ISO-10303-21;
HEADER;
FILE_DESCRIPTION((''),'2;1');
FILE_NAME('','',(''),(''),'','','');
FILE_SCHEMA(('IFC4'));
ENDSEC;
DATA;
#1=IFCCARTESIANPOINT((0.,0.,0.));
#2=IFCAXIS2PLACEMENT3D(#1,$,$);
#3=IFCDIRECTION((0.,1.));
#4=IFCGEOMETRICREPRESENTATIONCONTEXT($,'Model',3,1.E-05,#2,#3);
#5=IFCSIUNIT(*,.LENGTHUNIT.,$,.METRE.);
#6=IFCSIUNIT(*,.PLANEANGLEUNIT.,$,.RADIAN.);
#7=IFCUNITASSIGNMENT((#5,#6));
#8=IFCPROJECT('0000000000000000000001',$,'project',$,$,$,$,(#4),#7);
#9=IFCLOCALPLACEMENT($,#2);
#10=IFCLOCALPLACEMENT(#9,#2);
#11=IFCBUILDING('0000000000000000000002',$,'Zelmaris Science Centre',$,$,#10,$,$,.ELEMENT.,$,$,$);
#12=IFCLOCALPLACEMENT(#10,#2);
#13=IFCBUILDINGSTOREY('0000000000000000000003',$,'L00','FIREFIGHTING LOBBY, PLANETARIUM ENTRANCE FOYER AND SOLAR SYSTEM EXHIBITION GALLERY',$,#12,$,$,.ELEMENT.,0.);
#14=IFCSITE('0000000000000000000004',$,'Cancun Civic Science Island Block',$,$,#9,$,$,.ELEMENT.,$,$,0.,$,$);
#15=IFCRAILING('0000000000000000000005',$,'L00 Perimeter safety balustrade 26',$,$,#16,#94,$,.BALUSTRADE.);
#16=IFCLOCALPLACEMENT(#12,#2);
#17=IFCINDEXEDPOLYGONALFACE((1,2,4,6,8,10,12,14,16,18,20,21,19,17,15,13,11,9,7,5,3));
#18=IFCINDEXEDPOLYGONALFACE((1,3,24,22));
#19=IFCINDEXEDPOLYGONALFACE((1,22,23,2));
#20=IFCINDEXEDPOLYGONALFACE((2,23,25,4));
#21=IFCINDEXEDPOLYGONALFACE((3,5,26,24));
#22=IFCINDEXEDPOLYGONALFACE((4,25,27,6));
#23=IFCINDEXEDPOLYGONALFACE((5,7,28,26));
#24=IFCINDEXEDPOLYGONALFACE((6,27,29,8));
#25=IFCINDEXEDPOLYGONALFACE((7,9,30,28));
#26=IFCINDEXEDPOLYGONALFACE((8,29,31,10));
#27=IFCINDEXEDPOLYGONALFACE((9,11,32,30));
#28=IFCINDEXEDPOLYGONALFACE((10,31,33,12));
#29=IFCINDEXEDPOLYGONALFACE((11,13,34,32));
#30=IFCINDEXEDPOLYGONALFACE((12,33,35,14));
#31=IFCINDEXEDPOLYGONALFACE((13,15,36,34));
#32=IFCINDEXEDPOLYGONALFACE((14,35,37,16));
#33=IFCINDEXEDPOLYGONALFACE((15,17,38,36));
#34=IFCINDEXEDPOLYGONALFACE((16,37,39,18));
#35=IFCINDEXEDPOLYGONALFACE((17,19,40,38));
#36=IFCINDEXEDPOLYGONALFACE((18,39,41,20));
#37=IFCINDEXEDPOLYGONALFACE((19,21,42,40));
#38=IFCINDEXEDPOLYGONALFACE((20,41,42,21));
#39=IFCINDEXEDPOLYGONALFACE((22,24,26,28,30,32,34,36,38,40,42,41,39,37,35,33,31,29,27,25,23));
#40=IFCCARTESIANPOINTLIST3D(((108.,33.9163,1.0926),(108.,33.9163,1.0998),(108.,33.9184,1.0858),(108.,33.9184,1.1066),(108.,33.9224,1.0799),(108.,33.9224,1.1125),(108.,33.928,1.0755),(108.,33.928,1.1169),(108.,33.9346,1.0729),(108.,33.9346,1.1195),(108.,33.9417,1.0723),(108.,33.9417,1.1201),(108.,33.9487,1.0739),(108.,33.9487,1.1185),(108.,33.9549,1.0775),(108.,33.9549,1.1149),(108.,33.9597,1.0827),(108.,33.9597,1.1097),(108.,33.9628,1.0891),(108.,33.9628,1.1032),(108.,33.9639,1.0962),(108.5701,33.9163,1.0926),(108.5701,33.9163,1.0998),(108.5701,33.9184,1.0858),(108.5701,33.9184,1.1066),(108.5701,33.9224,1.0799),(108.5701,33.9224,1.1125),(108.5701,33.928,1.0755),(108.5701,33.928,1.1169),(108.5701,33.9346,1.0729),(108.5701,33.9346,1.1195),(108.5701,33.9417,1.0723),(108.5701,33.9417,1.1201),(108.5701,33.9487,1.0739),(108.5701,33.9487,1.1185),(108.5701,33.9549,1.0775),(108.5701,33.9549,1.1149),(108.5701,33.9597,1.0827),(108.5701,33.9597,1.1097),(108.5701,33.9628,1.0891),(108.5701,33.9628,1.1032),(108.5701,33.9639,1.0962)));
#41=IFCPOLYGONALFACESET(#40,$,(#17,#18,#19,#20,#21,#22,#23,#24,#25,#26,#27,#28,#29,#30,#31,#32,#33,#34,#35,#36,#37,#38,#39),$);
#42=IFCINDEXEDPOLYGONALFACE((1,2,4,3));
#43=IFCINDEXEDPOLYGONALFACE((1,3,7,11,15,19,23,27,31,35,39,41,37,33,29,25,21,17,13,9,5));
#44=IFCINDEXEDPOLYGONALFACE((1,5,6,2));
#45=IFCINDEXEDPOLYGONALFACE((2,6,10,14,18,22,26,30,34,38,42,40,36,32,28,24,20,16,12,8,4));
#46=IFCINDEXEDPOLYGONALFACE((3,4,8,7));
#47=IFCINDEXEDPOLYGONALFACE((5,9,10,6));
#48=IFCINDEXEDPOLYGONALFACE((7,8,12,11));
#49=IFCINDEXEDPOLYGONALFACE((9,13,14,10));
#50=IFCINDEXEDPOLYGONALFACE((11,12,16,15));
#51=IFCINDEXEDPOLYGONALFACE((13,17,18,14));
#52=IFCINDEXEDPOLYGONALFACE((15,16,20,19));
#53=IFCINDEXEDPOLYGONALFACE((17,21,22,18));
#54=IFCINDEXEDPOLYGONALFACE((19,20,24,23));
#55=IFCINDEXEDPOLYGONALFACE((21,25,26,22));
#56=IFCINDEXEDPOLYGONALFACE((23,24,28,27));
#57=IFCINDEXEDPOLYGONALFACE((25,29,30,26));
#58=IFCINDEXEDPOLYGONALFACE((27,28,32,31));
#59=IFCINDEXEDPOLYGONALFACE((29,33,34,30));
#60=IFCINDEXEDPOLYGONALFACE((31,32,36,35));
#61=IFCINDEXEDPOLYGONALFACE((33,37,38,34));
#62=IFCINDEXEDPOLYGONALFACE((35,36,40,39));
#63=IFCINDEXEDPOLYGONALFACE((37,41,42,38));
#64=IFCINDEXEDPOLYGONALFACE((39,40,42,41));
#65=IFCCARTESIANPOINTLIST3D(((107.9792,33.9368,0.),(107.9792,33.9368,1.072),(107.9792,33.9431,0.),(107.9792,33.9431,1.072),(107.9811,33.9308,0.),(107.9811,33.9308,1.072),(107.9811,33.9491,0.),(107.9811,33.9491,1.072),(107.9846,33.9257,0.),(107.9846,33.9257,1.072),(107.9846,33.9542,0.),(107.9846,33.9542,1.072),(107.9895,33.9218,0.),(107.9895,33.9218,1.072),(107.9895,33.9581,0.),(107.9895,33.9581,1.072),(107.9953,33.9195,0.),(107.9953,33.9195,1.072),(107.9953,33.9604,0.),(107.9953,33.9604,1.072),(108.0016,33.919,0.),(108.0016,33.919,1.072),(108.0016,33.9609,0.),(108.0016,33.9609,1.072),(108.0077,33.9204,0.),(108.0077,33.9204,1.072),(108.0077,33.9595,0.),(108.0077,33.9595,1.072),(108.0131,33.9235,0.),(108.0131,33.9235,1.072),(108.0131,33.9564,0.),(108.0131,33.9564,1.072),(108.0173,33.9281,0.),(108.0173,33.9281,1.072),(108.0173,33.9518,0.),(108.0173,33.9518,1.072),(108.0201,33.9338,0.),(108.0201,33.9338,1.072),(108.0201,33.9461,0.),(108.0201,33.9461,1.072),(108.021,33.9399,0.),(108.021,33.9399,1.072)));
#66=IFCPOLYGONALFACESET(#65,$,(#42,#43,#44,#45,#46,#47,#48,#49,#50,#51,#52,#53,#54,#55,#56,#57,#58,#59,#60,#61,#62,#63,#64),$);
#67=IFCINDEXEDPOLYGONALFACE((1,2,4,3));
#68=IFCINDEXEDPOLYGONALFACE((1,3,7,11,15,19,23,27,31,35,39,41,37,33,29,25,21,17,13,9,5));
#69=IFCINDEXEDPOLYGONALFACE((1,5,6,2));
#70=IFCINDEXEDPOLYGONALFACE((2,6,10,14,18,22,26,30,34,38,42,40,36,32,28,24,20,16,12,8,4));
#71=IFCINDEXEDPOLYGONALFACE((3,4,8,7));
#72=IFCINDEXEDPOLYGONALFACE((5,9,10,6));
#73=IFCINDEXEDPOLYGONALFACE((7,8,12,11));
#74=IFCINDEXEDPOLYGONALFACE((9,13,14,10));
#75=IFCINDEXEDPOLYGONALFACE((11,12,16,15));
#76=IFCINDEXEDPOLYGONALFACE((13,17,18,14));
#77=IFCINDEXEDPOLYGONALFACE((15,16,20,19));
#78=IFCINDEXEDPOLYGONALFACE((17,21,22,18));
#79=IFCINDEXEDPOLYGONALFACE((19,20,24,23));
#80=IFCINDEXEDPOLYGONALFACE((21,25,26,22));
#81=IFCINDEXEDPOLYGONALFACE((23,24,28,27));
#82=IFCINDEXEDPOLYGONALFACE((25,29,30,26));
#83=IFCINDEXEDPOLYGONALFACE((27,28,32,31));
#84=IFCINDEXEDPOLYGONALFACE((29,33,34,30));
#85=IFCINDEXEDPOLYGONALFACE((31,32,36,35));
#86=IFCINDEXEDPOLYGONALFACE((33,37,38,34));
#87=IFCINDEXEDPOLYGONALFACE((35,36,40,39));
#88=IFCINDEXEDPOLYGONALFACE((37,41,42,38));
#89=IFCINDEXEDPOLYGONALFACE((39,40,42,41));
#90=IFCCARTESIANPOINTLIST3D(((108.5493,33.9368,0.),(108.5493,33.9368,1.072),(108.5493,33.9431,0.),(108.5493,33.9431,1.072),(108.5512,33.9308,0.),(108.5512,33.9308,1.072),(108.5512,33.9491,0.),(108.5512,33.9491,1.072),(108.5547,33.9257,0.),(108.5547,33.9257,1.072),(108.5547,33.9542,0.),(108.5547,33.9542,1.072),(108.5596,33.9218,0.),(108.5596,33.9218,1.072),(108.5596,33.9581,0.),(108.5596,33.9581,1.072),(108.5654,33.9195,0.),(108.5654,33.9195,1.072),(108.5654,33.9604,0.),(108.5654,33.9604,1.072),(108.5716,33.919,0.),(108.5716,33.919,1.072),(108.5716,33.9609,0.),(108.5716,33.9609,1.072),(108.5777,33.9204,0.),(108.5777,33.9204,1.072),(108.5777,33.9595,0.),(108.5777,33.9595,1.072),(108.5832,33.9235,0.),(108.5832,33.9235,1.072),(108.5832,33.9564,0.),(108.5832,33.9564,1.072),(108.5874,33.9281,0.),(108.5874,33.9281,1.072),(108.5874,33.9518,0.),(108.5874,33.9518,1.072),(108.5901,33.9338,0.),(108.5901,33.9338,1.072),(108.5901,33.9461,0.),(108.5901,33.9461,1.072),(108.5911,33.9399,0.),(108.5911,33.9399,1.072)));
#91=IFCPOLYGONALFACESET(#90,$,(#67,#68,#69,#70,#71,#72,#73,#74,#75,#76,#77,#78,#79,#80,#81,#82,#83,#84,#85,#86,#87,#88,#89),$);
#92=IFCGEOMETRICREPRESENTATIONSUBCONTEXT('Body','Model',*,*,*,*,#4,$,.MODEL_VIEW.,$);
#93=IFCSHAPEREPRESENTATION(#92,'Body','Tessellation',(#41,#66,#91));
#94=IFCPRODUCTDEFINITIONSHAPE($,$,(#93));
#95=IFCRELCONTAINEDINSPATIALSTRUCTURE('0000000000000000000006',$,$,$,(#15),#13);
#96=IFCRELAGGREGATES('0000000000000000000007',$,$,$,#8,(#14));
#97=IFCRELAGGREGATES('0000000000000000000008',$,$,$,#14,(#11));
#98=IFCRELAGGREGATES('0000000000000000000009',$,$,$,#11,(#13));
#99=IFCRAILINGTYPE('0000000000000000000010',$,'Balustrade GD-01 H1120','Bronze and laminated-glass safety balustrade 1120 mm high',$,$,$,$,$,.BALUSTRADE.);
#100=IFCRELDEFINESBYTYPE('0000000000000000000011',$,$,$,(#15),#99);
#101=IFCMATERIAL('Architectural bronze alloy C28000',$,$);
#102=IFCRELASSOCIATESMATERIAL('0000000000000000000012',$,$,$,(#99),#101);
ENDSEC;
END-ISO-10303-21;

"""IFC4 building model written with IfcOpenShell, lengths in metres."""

from ifc_helpers import new_model, si_unit, direction, frame, origin, origin_2d, place, context, subcontext, project, spatial, circle, extrude, material, type_object, element, save


model = new_model("IFC4")

# Units and contexts
model_context = context("Model", 3, precision=1e-05, world=origin(), true_north=direction((0.0, 1.0)))
body_context = subcontext(model_context, "Body", "Model", "MODEL_VIEW")
ifc_project = project(units=[si_unit("LENGTHUNIT", "METRE"), si_unit("PLANEANGLEUNIT", "RADIAN")], contexts=[model_context])

# Site, building, storey
site_placement = place(None, origin())
site = spatial("IfcSite", under=ifc_project, at=site_placement, Name="Cancun Civic Science Island Block", CompositionType="ELEMENT", RefElevation=0.0)
building_placement = place(site_placement, origin())
building = spatial("IfcBuilding", under=site, at=building_placement, Name="Zelmaris Science Centre", CompositionType="ELEMENT")
storey_placement = place(building_placement, origin())
storey = spatial("IfcBuildingStorey", under=building, at=storey_placement, Name="L00", Description="FIREFIGHTING LOBBY, PLANETARIUM ENTRANCE FOYER AND SOLAR SYSTEM EXHIBITION GALLERY", CompositionType="ELEMENT", Elevation=0.0)

# Railing
ifc_material_1 = material(Name="Architectural bronze alloy C28000")
railing_type = type_object("IfcRailingType", Name="Balustrade GD-01 H1120", Description="Bronze and laminated-glass safety balustrade 1120 mm high", PredefinedType="BALUSTRADE", material=ifc_material_1)
railing_1_placement = place(storey_placement, frame((108.0, 33.9399, 0.0)))
element("IfcRailing", 1, at=railing_1_placement, inside=storey, type_object=railing_type, Name="L00 Perimeter safety balustrade 26", PredefinedType="BALUSTRADE", context=body_context, shape_type="SweptSolid", body=[
    extrude(circle(Radius=0.0239, at=origin_2d()), frame((0.0, 0.0, 1.0962), z_axis=(1.0, 0.0, 0.0), x_axis=(0.0, 1.0, 0.0)), (0.0, 0.0, 1.0), 0.5701),
    extrude(circle(Radius=0.021, at=origin_2d()), origin(), (0.0, 0.0, 1.0), 1.072),
    extrude(circle(Radius=0.021, at=origin_2d()), frame((0.5701, 0.0, 0.0)), (0.0, 0.0, 1.0), 1.072),
])

save(model, "model.ifc")
